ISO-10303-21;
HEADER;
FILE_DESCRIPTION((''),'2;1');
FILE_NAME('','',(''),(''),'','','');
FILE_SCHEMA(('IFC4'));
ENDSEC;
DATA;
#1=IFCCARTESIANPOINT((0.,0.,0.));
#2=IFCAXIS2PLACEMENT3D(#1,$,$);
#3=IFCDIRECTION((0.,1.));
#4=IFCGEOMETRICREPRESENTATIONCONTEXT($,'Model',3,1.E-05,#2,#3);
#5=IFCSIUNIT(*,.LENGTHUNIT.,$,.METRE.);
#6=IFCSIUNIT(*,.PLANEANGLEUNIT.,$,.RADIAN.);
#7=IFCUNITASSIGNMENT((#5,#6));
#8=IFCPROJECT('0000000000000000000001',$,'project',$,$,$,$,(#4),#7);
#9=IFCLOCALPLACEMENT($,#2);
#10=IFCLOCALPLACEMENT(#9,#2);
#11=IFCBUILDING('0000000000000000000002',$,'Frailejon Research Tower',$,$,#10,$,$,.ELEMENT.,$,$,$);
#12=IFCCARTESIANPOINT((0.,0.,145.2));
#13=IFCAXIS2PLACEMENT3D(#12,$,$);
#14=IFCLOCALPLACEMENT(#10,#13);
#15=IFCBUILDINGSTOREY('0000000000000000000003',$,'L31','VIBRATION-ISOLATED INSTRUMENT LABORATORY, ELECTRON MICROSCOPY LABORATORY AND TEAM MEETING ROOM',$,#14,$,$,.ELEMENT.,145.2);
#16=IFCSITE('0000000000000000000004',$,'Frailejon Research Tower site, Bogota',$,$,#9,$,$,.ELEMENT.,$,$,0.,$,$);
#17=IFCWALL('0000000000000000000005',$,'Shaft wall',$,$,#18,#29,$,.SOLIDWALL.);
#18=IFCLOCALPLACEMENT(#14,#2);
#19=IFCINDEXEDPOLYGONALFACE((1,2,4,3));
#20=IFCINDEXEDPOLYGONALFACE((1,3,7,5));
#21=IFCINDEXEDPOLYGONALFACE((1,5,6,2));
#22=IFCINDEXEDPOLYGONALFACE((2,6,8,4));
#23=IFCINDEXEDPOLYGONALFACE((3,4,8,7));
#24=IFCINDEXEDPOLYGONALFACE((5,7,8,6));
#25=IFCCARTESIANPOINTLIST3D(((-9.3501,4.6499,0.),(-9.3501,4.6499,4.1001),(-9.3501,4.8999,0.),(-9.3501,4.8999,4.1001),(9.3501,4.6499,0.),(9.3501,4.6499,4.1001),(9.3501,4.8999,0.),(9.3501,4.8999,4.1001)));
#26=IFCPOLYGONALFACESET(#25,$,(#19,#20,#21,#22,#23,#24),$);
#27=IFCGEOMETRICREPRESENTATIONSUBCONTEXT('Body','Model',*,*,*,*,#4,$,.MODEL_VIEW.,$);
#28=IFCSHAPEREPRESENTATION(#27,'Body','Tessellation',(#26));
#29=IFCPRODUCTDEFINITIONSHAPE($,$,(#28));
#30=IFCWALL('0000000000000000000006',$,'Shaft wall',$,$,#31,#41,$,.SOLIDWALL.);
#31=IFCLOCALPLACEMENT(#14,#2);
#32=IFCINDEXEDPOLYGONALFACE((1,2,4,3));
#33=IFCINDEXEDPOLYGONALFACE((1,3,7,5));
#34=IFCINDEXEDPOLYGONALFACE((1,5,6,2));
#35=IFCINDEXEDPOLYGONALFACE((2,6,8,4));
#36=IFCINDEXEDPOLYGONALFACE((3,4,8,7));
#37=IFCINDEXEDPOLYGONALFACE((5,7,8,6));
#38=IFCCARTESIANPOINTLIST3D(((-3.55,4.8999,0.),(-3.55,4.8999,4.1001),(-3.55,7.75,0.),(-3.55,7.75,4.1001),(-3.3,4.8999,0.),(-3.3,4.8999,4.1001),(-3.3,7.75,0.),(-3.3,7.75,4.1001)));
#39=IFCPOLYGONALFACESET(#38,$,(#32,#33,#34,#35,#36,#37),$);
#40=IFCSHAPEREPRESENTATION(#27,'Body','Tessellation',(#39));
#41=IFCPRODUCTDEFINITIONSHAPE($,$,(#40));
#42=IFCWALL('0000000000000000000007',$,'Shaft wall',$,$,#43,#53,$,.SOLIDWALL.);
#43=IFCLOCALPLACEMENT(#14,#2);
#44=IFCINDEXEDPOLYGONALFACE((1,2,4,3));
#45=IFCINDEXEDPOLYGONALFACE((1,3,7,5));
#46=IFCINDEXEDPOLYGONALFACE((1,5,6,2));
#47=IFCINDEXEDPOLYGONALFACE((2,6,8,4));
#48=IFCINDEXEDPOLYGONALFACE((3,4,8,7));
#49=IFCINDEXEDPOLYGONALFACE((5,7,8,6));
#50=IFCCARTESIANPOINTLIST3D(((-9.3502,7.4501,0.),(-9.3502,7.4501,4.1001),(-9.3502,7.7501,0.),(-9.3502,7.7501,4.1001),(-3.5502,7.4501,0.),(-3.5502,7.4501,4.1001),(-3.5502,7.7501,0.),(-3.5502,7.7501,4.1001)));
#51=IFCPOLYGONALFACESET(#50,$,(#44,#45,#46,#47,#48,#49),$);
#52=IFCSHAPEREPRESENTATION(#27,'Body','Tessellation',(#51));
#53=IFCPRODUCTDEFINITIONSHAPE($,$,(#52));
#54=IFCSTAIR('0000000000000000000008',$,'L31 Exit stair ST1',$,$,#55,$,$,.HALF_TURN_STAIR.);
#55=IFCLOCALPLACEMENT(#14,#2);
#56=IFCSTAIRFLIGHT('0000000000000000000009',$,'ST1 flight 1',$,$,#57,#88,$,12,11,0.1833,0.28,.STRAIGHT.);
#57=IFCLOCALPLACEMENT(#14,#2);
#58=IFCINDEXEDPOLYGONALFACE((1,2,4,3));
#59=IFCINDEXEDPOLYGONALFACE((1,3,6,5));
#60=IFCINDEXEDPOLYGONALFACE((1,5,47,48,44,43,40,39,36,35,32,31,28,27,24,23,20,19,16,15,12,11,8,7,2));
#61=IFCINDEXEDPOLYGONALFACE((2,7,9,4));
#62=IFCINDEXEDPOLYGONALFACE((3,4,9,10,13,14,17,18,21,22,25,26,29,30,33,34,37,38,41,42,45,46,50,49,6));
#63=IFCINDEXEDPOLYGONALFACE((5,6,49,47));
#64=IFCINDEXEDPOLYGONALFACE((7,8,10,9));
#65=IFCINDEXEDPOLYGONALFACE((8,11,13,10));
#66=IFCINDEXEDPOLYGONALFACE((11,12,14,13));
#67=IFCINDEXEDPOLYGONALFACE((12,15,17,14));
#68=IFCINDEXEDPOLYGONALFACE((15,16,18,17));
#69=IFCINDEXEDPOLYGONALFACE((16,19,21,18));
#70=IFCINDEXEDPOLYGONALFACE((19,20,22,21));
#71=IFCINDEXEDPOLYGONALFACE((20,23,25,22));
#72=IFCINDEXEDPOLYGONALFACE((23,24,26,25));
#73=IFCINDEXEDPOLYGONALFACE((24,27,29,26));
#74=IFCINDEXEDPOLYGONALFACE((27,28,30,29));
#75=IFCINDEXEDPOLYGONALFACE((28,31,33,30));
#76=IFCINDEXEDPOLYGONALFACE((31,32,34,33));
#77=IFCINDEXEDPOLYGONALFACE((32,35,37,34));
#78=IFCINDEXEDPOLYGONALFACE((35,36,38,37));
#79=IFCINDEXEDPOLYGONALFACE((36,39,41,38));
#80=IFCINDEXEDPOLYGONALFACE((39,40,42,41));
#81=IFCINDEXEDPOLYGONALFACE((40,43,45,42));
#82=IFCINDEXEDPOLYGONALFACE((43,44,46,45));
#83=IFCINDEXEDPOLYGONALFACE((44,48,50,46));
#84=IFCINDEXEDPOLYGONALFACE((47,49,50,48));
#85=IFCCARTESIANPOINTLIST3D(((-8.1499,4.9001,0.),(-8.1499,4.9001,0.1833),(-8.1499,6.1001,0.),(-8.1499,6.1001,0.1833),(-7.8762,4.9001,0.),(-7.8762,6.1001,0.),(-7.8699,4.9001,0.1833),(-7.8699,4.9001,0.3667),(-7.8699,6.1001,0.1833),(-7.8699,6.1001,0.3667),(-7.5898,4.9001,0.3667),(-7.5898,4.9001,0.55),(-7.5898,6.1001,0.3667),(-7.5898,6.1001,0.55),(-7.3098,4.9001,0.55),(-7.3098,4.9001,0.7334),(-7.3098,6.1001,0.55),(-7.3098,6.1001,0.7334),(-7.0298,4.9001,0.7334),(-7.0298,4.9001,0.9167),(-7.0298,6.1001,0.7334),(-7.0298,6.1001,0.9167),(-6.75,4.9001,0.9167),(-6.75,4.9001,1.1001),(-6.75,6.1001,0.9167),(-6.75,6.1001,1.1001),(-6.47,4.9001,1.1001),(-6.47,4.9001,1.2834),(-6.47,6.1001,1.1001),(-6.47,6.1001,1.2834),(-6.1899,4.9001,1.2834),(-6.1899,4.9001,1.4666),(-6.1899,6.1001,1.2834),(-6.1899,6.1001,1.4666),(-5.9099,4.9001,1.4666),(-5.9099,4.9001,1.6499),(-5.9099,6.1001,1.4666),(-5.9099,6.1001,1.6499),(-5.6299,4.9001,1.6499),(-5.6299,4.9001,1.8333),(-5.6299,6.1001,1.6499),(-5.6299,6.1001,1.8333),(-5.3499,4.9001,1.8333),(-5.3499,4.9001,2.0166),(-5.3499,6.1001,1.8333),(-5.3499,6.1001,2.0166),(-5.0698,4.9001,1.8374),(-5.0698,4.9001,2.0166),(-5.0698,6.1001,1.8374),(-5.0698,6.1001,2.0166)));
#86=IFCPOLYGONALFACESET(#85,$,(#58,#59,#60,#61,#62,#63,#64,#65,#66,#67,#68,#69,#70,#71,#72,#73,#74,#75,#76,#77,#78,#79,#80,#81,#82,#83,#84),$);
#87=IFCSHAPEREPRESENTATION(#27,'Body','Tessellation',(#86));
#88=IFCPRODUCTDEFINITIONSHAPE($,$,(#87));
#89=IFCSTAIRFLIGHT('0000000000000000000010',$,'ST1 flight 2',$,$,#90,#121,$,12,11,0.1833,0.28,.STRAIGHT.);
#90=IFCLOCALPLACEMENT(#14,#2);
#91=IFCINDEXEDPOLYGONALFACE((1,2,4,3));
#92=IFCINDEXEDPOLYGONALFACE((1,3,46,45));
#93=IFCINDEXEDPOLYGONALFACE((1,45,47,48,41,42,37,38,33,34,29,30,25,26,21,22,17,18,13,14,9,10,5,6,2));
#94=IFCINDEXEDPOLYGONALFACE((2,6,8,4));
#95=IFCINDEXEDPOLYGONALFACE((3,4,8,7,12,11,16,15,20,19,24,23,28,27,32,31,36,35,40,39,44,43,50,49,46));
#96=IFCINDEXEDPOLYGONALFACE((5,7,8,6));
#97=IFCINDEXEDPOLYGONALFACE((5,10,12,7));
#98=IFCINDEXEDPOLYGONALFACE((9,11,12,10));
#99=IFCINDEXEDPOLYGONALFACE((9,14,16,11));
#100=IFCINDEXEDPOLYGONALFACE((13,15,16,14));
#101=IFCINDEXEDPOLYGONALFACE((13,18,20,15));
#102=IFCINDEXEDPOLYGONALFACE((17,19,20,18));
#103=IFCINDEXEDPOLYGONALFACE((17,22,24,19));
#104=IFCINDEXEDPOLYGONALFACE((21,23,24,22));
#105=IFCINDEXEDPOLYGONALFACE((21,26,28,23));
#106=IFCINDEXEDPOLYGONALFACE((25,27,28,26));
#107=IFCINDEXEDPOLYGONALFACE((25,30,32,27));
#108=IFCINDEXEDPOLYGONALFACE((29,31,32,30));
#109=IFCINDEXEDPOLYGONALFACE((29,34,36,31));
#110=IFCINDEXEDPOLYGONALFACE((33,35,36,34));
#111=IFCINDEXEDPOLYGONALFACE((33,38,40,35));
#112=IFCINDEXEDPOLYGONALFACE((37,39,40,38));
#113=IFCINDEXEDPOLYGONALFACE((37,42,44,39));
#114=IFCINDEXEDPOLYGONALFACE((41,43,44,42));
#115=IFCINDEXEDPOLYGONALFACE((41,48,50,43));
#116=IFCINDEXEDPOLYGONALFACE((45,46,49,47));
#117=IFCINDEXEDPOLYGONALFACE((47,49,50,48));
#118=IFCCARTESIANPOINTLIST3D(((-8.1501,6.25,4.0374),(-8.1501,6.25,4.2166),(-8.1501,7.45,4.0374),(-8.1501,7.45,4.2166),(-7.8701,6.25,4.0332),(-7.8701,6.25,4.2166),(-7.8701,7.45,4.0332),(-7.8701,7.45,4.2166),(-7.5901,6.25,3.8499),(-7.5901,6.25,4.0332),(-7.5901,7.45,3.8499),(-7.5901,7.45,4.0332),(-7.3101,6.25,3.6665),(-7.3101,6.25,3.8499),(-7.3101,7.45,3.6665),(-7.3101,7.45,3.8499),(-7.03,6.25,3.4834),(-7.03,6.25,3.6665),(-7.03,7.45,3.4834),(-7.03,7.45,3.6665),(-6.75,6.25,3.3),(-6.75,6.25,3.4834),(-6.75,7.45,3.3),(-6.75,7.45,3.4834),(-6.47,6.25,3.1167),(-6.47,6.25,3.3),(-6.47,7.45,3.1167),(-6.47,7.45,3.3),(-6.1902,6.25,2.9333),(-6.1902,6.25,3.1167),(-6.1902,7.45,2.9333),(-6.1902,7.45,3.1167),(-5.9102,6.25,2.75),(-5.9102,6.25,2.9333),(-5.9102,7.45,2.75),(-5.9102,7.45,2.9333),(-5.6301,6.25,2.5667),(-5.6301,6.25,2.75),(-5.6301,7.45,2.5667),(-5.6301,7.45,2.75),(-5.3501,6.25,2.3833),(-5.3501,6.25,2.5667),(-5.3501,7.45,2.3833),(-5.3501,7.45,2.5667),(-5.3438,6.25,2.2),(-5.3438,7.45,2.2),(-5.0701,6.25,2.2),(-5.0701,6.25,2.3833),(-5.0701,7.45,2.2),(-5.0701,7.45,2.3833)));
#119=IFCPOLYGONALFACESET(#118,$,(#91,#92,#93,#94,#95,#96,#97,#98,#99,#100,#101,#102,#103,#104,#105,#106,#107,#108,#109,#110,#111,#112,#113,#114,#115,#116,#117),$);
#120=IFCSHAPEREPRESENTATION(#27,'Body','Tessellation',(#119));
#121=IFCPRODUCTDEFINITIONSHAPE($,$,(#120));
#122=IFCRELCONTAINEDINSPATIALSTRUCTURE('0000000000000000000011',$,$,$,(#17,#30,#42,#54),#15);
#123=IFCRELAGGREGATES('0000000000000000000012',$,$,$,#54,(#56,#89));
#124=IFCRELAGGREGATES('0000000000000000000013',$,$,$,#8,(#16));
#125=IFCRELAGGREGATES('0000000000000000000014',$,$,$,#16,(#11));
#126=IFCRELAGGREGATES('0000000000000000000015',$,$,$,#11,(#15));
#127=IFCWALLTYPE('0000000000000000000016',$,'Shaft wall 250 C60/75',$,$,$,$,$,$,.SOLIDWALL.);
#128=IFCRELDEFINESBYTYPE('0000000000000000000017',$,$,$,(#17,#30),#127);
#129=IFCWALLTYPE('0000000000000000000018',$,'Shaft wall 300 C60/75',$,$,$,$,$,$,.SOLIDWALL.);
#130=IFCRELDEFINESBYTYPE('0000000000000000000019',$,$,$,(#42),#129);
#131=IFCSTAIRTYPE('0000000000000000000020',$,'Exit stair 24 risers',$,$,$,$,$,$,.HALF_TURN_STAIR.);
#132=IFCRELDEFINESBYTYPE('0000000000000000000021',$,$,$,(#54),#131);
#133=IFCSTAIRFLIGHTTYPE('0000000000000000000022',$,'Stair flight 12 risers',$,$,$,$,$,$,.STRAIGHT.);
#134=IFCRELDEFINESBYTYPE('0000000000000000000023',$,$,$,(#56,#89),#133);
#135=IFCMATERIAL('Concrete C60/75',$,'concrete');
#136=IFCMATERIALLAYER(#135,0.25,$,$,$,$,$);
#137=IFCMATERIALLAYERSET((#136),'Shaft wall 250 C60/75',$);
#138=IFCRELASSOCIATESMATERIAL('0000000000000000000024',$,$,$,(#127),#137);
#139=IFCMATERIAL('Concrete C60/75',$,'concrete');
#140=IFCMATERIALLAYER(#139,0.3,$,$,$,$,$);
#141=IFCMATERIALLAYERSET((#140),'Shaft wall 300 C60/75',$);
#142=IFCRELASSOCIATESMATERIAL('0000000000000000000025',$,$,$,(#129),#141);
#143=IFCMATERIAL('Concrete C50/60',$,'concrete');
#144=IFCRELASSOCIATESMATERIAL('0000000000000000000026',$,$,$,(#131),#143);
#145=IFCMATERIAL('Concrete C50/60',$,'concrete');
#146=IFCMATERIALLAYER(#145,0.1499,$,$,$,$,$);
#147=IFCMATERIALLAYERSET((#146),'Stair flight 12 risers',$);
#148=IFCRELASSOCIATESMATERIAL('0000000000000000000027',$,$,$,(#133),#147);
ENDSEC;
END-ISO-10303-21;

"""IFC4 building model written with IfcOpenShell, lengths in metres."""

from ifc_helpers import new_model, si_unit, direction, frame, frame_2d, origin, place, context, subcontext, project, spatial, polyline, rectangle, outline, extrude, material, layer, layer_set, type_object, element, aggregate, save


model = new_model("IFC4")

# Units and contexts
model_context = context("Model", 3, precision=1e-05, world=origin(), true_north=direction((0.0, 1.0)))
body_context = subcontext(model_context, "Body", "Model", "MODEL_VIEW")
ifc_project = project(units=[si_unit("LENGTHUNIT", "METRE"), si_unit("PLANEANGLEUNIT", "RADIAN")], contexts=[model_context])

# Site, building, storey
site_placement = place(None, origin())
site = spatial("IfcSite", under=ifc_project, at=site_placement, Name="Frailejon Research Tower site, Bogota", CompositionType="ELEMENT", RefElevation=0.0)
building_placement = place(site_placement, origin())
building = spatial("IfcBuilding", under=site, at=building_placement, Name="Frailejon Research Tower", CompositionType="ELEMENT")
storey_placement = place(building_placement, frame((0.0, 0.0, 145.2)))
storey = spatial("IfcBuildingStorey", under=building, at=storey_placement, Name="L31", Description="VIBRATION-ISOLATED INSTRUMENT LABORATORY, ELECTRON MICROSCOPY LABORATORY AND TEAM MEETING ROOM", CompositionType="ELEMENT", Elevation=145.2)

# Shared definitions
ifc_material_1 = material(Name="Concrete C60/75", Category="concrete")
ifc_layer_1 = layer(ifc_material_1, 0.25)
ifc_layer_set_1 = layer_set([ifc_layer_1], Name="Shaft wall 250 C60/75")
wall_type_1 = type_object("IfcWallType", Name="Shaft wall 250 C60/75", PredefinedType="SOLIDWALL", material=ifc_layer_set_1)

# Walls
wall_1_placement = place(storey_placement, frame((-9.3501, 4.7749, 0.0), z_axis=(0.0, 0.0, 1.0), x_axis=(1.0, 0.0, 0.0)))
element("IfcWall", 1, at=wall_1_placement, inside=storey, type_object=wall_type_1, Name="Shaft wall", PredefinedType="SOLIDWALL", context=body_context, shape_type="SweptSolid", body=[
    extrude(rectangle(XDim=18.7002, YDim=0.25, at=frame_2d((9.3501, 0.0))), origin(), (0.0, 0.0, 1.0), 4.1001),
])
wall_2_placement = place(storey_placement, frame((-3.425, 4.8999, 0.0), z_axis=(0.0, 0.0, 1.0), x_axis=(0.0, 1.0, 0.0)))
element("IfcWall", 2, at=wall_2_placement, inside=storey, type_object=wall_type_1, Name="Shaft wall", PredefinedType="SOLIDWALL", context=body_context, shape_type="SweptSolid", body=[
    extrude(rectangle(XDim=2.8501, YDim=0.25, at=frame_2d((1.425, 0.0))), origin(), (0.0, 0.0, 1.0), 4.1001),
])
ifc_material_2 = material(Name="Concrete C60/75", Category="concrete")
ifc_layer_2 = layer(ifc_material_2, 0.3)
ifc_layer_set_2 = layer_set([ifc_layer_2], Name="Shaft wall 300 C60/75")
wall_type_2 = type_object("IfcWallType", Name="Shaft wall 300 C60/75", PredefinedType="SOLIDWALL", material=ifc_layer_set_2)
wall_3_placement = place(storey_placement, frame((-9.3501, 7.6001, 0.0), z_axis=(0.0, 0.0, 1.0), x_axis=(1.0, 0.0, 0.0)))
element("IfcWall", 3, at=wall_3_placement, inside=storey, type_object=wall_type_2, Name="Shaft wall", PredefinedType="SOLIDWALL", context=body_context, shape_type="SweptSolid", body=[
    extrude(rectangle(XDim=5.8, YDim=0.3, at=frame_2d((2.8999, 0.0))), origin(), (0.0, 0.0, 1.0), 4.1001),
])

# Stair, stair flights
ifc_material_3 = material(Name="Concrete C50/60", Category="concrete")
stair_type = type_object("IfcStairType", Name="Exit stair 24 risers", PredefinedType="HALF_TURN_STAIR", material=ifc_material_3)
stair_placement = place(storey_placement, origin())
stair = element("IfcStair", 4, at=stair_placement, inside=storey, type_object=stair_type, Name="L31 Exit stair ST1", PredefinedType="HALF_TURN_STAIR")
ifc_material_4 = material(Name="Concrete C50/60", Category="concrete")
ifc_layer_3 = layer(ifc_material_4, 0.1499)
ifc_layer_set_3 = layer_set([ifc_layer_3], Name="Stair flight 12 risers")
stair_flight_type = type_object("IfcStairFlightType", Name="Stair flight 12 risers", PredefinedType="STRAIGHT", material=ifc_layer_set_3)
stair_flight_1_placement = place(storey_placement, frame((-8.1499, 5.5, 0.0), z_axis=(0.0, 0.0, 1.0), x_axis=(1.0, 0.0, 0.0)))
stair_flight_1 = element("IfcStairFlight", 5, at=stair_flight_1_placement, type_object=stair_flight_type, Name="ST1 flight 1", NumberOfRisers=12, NumberOfTreads=11, PredefinedType="STRAIGHT", RiserHeight=0.1833, TreadLength=0.28, context=body_context, shape_type="SweptSolid", body=[
    extrude(outline(polyline([(0.0, 0.0), (0.0, 0.1833), (0.28, 0.1833), (0.28, 0.3667), (0.5601, 0.3667), (0.5601, 0.55), (0.8401, 0.55), (0.8401, 0.7334), (1.1201, 0.7334), (1.1201, 0.9167), (1.3999, 0.9167), (1.3999, 1.1001), (1.6799, 1.1001), (1.6799, 1.2834), (1.96, 1.2834), (1.96, 1.4666), (2.24, 1.4666), (2.24, 1.6499), (2.52, 1.6499), (2.52, 1.8333), (2.8, 1.8333), (2.8, 2.0166), (3.0801, 2.0166), (3.0801, 2.2), (3.0801, 1.8374), (0.2737, 0.0), (0.0, 0.0)])), frame((0.0, 0.6001, 0.0), z_axis=(0.0, -1.0, 0.0), x_axis=(1.0, 0.0, 0.0)), (0.0, 0.0, 1.0), 1.2),
])
stair_flight_2_placement = place(storey_placement, frame((-5.0701, 6.8501, 2.2), z_axis=(0.0, 0.0, 1.0), x_axis=(-1.0, 0.0, 0.0)))
stair_flight_2 = element("IfcStairFlight", 6, at=stair_flight_2_placement, type_object=stair_flight_type, Name="ST1 flight 2", NumberOfRisers=12, NumberOfTreads=11, PredefinedType="STRAIGHT", RiserHeight=0.1833, TreadLength=0.28, context=body_context, shape_type="SweptSolid", body=[
    extrude(outline(polyline([(0.0, 0.0), (0.0, 0.1833), (0.28, 0.1833), (0.28, 0.3667), (0.5601, 0.3667), (0.5601, 0.55), (0.8401, 0.55), (0.8401, 0.7334), (1.1201, 0.7334), (1.1201, 0.9167), (1.3999, 0.9167), (1.3999, 1.1001), (1.6799, 1.1001), (1.6799, 1.2834), (1.96, 1.2834), (1.96, 1.4666), (2.24, 1.4666), (2.24, 1.6499), (2.52, 1.6499), (2.52, 1.8333), (2.8, 1.8333), (2.8, 2.0166), (3.0801, 2.0166), (3.0801, 2.2), (3.0801, 1.8374), (0.2737, 0.0), (0.0, 0.0)])), frame((0.0, 0.6001, 0.0), z_axis=(0.0, -1.0, 0.0), x_axis=(1.0, 0.0, 0.0)), (0.0, 0.0, 1.0), 1.2),
])
aggregate(stair, [stair_flight_1, stair_flight_2])

save(model, "model.ifc")
